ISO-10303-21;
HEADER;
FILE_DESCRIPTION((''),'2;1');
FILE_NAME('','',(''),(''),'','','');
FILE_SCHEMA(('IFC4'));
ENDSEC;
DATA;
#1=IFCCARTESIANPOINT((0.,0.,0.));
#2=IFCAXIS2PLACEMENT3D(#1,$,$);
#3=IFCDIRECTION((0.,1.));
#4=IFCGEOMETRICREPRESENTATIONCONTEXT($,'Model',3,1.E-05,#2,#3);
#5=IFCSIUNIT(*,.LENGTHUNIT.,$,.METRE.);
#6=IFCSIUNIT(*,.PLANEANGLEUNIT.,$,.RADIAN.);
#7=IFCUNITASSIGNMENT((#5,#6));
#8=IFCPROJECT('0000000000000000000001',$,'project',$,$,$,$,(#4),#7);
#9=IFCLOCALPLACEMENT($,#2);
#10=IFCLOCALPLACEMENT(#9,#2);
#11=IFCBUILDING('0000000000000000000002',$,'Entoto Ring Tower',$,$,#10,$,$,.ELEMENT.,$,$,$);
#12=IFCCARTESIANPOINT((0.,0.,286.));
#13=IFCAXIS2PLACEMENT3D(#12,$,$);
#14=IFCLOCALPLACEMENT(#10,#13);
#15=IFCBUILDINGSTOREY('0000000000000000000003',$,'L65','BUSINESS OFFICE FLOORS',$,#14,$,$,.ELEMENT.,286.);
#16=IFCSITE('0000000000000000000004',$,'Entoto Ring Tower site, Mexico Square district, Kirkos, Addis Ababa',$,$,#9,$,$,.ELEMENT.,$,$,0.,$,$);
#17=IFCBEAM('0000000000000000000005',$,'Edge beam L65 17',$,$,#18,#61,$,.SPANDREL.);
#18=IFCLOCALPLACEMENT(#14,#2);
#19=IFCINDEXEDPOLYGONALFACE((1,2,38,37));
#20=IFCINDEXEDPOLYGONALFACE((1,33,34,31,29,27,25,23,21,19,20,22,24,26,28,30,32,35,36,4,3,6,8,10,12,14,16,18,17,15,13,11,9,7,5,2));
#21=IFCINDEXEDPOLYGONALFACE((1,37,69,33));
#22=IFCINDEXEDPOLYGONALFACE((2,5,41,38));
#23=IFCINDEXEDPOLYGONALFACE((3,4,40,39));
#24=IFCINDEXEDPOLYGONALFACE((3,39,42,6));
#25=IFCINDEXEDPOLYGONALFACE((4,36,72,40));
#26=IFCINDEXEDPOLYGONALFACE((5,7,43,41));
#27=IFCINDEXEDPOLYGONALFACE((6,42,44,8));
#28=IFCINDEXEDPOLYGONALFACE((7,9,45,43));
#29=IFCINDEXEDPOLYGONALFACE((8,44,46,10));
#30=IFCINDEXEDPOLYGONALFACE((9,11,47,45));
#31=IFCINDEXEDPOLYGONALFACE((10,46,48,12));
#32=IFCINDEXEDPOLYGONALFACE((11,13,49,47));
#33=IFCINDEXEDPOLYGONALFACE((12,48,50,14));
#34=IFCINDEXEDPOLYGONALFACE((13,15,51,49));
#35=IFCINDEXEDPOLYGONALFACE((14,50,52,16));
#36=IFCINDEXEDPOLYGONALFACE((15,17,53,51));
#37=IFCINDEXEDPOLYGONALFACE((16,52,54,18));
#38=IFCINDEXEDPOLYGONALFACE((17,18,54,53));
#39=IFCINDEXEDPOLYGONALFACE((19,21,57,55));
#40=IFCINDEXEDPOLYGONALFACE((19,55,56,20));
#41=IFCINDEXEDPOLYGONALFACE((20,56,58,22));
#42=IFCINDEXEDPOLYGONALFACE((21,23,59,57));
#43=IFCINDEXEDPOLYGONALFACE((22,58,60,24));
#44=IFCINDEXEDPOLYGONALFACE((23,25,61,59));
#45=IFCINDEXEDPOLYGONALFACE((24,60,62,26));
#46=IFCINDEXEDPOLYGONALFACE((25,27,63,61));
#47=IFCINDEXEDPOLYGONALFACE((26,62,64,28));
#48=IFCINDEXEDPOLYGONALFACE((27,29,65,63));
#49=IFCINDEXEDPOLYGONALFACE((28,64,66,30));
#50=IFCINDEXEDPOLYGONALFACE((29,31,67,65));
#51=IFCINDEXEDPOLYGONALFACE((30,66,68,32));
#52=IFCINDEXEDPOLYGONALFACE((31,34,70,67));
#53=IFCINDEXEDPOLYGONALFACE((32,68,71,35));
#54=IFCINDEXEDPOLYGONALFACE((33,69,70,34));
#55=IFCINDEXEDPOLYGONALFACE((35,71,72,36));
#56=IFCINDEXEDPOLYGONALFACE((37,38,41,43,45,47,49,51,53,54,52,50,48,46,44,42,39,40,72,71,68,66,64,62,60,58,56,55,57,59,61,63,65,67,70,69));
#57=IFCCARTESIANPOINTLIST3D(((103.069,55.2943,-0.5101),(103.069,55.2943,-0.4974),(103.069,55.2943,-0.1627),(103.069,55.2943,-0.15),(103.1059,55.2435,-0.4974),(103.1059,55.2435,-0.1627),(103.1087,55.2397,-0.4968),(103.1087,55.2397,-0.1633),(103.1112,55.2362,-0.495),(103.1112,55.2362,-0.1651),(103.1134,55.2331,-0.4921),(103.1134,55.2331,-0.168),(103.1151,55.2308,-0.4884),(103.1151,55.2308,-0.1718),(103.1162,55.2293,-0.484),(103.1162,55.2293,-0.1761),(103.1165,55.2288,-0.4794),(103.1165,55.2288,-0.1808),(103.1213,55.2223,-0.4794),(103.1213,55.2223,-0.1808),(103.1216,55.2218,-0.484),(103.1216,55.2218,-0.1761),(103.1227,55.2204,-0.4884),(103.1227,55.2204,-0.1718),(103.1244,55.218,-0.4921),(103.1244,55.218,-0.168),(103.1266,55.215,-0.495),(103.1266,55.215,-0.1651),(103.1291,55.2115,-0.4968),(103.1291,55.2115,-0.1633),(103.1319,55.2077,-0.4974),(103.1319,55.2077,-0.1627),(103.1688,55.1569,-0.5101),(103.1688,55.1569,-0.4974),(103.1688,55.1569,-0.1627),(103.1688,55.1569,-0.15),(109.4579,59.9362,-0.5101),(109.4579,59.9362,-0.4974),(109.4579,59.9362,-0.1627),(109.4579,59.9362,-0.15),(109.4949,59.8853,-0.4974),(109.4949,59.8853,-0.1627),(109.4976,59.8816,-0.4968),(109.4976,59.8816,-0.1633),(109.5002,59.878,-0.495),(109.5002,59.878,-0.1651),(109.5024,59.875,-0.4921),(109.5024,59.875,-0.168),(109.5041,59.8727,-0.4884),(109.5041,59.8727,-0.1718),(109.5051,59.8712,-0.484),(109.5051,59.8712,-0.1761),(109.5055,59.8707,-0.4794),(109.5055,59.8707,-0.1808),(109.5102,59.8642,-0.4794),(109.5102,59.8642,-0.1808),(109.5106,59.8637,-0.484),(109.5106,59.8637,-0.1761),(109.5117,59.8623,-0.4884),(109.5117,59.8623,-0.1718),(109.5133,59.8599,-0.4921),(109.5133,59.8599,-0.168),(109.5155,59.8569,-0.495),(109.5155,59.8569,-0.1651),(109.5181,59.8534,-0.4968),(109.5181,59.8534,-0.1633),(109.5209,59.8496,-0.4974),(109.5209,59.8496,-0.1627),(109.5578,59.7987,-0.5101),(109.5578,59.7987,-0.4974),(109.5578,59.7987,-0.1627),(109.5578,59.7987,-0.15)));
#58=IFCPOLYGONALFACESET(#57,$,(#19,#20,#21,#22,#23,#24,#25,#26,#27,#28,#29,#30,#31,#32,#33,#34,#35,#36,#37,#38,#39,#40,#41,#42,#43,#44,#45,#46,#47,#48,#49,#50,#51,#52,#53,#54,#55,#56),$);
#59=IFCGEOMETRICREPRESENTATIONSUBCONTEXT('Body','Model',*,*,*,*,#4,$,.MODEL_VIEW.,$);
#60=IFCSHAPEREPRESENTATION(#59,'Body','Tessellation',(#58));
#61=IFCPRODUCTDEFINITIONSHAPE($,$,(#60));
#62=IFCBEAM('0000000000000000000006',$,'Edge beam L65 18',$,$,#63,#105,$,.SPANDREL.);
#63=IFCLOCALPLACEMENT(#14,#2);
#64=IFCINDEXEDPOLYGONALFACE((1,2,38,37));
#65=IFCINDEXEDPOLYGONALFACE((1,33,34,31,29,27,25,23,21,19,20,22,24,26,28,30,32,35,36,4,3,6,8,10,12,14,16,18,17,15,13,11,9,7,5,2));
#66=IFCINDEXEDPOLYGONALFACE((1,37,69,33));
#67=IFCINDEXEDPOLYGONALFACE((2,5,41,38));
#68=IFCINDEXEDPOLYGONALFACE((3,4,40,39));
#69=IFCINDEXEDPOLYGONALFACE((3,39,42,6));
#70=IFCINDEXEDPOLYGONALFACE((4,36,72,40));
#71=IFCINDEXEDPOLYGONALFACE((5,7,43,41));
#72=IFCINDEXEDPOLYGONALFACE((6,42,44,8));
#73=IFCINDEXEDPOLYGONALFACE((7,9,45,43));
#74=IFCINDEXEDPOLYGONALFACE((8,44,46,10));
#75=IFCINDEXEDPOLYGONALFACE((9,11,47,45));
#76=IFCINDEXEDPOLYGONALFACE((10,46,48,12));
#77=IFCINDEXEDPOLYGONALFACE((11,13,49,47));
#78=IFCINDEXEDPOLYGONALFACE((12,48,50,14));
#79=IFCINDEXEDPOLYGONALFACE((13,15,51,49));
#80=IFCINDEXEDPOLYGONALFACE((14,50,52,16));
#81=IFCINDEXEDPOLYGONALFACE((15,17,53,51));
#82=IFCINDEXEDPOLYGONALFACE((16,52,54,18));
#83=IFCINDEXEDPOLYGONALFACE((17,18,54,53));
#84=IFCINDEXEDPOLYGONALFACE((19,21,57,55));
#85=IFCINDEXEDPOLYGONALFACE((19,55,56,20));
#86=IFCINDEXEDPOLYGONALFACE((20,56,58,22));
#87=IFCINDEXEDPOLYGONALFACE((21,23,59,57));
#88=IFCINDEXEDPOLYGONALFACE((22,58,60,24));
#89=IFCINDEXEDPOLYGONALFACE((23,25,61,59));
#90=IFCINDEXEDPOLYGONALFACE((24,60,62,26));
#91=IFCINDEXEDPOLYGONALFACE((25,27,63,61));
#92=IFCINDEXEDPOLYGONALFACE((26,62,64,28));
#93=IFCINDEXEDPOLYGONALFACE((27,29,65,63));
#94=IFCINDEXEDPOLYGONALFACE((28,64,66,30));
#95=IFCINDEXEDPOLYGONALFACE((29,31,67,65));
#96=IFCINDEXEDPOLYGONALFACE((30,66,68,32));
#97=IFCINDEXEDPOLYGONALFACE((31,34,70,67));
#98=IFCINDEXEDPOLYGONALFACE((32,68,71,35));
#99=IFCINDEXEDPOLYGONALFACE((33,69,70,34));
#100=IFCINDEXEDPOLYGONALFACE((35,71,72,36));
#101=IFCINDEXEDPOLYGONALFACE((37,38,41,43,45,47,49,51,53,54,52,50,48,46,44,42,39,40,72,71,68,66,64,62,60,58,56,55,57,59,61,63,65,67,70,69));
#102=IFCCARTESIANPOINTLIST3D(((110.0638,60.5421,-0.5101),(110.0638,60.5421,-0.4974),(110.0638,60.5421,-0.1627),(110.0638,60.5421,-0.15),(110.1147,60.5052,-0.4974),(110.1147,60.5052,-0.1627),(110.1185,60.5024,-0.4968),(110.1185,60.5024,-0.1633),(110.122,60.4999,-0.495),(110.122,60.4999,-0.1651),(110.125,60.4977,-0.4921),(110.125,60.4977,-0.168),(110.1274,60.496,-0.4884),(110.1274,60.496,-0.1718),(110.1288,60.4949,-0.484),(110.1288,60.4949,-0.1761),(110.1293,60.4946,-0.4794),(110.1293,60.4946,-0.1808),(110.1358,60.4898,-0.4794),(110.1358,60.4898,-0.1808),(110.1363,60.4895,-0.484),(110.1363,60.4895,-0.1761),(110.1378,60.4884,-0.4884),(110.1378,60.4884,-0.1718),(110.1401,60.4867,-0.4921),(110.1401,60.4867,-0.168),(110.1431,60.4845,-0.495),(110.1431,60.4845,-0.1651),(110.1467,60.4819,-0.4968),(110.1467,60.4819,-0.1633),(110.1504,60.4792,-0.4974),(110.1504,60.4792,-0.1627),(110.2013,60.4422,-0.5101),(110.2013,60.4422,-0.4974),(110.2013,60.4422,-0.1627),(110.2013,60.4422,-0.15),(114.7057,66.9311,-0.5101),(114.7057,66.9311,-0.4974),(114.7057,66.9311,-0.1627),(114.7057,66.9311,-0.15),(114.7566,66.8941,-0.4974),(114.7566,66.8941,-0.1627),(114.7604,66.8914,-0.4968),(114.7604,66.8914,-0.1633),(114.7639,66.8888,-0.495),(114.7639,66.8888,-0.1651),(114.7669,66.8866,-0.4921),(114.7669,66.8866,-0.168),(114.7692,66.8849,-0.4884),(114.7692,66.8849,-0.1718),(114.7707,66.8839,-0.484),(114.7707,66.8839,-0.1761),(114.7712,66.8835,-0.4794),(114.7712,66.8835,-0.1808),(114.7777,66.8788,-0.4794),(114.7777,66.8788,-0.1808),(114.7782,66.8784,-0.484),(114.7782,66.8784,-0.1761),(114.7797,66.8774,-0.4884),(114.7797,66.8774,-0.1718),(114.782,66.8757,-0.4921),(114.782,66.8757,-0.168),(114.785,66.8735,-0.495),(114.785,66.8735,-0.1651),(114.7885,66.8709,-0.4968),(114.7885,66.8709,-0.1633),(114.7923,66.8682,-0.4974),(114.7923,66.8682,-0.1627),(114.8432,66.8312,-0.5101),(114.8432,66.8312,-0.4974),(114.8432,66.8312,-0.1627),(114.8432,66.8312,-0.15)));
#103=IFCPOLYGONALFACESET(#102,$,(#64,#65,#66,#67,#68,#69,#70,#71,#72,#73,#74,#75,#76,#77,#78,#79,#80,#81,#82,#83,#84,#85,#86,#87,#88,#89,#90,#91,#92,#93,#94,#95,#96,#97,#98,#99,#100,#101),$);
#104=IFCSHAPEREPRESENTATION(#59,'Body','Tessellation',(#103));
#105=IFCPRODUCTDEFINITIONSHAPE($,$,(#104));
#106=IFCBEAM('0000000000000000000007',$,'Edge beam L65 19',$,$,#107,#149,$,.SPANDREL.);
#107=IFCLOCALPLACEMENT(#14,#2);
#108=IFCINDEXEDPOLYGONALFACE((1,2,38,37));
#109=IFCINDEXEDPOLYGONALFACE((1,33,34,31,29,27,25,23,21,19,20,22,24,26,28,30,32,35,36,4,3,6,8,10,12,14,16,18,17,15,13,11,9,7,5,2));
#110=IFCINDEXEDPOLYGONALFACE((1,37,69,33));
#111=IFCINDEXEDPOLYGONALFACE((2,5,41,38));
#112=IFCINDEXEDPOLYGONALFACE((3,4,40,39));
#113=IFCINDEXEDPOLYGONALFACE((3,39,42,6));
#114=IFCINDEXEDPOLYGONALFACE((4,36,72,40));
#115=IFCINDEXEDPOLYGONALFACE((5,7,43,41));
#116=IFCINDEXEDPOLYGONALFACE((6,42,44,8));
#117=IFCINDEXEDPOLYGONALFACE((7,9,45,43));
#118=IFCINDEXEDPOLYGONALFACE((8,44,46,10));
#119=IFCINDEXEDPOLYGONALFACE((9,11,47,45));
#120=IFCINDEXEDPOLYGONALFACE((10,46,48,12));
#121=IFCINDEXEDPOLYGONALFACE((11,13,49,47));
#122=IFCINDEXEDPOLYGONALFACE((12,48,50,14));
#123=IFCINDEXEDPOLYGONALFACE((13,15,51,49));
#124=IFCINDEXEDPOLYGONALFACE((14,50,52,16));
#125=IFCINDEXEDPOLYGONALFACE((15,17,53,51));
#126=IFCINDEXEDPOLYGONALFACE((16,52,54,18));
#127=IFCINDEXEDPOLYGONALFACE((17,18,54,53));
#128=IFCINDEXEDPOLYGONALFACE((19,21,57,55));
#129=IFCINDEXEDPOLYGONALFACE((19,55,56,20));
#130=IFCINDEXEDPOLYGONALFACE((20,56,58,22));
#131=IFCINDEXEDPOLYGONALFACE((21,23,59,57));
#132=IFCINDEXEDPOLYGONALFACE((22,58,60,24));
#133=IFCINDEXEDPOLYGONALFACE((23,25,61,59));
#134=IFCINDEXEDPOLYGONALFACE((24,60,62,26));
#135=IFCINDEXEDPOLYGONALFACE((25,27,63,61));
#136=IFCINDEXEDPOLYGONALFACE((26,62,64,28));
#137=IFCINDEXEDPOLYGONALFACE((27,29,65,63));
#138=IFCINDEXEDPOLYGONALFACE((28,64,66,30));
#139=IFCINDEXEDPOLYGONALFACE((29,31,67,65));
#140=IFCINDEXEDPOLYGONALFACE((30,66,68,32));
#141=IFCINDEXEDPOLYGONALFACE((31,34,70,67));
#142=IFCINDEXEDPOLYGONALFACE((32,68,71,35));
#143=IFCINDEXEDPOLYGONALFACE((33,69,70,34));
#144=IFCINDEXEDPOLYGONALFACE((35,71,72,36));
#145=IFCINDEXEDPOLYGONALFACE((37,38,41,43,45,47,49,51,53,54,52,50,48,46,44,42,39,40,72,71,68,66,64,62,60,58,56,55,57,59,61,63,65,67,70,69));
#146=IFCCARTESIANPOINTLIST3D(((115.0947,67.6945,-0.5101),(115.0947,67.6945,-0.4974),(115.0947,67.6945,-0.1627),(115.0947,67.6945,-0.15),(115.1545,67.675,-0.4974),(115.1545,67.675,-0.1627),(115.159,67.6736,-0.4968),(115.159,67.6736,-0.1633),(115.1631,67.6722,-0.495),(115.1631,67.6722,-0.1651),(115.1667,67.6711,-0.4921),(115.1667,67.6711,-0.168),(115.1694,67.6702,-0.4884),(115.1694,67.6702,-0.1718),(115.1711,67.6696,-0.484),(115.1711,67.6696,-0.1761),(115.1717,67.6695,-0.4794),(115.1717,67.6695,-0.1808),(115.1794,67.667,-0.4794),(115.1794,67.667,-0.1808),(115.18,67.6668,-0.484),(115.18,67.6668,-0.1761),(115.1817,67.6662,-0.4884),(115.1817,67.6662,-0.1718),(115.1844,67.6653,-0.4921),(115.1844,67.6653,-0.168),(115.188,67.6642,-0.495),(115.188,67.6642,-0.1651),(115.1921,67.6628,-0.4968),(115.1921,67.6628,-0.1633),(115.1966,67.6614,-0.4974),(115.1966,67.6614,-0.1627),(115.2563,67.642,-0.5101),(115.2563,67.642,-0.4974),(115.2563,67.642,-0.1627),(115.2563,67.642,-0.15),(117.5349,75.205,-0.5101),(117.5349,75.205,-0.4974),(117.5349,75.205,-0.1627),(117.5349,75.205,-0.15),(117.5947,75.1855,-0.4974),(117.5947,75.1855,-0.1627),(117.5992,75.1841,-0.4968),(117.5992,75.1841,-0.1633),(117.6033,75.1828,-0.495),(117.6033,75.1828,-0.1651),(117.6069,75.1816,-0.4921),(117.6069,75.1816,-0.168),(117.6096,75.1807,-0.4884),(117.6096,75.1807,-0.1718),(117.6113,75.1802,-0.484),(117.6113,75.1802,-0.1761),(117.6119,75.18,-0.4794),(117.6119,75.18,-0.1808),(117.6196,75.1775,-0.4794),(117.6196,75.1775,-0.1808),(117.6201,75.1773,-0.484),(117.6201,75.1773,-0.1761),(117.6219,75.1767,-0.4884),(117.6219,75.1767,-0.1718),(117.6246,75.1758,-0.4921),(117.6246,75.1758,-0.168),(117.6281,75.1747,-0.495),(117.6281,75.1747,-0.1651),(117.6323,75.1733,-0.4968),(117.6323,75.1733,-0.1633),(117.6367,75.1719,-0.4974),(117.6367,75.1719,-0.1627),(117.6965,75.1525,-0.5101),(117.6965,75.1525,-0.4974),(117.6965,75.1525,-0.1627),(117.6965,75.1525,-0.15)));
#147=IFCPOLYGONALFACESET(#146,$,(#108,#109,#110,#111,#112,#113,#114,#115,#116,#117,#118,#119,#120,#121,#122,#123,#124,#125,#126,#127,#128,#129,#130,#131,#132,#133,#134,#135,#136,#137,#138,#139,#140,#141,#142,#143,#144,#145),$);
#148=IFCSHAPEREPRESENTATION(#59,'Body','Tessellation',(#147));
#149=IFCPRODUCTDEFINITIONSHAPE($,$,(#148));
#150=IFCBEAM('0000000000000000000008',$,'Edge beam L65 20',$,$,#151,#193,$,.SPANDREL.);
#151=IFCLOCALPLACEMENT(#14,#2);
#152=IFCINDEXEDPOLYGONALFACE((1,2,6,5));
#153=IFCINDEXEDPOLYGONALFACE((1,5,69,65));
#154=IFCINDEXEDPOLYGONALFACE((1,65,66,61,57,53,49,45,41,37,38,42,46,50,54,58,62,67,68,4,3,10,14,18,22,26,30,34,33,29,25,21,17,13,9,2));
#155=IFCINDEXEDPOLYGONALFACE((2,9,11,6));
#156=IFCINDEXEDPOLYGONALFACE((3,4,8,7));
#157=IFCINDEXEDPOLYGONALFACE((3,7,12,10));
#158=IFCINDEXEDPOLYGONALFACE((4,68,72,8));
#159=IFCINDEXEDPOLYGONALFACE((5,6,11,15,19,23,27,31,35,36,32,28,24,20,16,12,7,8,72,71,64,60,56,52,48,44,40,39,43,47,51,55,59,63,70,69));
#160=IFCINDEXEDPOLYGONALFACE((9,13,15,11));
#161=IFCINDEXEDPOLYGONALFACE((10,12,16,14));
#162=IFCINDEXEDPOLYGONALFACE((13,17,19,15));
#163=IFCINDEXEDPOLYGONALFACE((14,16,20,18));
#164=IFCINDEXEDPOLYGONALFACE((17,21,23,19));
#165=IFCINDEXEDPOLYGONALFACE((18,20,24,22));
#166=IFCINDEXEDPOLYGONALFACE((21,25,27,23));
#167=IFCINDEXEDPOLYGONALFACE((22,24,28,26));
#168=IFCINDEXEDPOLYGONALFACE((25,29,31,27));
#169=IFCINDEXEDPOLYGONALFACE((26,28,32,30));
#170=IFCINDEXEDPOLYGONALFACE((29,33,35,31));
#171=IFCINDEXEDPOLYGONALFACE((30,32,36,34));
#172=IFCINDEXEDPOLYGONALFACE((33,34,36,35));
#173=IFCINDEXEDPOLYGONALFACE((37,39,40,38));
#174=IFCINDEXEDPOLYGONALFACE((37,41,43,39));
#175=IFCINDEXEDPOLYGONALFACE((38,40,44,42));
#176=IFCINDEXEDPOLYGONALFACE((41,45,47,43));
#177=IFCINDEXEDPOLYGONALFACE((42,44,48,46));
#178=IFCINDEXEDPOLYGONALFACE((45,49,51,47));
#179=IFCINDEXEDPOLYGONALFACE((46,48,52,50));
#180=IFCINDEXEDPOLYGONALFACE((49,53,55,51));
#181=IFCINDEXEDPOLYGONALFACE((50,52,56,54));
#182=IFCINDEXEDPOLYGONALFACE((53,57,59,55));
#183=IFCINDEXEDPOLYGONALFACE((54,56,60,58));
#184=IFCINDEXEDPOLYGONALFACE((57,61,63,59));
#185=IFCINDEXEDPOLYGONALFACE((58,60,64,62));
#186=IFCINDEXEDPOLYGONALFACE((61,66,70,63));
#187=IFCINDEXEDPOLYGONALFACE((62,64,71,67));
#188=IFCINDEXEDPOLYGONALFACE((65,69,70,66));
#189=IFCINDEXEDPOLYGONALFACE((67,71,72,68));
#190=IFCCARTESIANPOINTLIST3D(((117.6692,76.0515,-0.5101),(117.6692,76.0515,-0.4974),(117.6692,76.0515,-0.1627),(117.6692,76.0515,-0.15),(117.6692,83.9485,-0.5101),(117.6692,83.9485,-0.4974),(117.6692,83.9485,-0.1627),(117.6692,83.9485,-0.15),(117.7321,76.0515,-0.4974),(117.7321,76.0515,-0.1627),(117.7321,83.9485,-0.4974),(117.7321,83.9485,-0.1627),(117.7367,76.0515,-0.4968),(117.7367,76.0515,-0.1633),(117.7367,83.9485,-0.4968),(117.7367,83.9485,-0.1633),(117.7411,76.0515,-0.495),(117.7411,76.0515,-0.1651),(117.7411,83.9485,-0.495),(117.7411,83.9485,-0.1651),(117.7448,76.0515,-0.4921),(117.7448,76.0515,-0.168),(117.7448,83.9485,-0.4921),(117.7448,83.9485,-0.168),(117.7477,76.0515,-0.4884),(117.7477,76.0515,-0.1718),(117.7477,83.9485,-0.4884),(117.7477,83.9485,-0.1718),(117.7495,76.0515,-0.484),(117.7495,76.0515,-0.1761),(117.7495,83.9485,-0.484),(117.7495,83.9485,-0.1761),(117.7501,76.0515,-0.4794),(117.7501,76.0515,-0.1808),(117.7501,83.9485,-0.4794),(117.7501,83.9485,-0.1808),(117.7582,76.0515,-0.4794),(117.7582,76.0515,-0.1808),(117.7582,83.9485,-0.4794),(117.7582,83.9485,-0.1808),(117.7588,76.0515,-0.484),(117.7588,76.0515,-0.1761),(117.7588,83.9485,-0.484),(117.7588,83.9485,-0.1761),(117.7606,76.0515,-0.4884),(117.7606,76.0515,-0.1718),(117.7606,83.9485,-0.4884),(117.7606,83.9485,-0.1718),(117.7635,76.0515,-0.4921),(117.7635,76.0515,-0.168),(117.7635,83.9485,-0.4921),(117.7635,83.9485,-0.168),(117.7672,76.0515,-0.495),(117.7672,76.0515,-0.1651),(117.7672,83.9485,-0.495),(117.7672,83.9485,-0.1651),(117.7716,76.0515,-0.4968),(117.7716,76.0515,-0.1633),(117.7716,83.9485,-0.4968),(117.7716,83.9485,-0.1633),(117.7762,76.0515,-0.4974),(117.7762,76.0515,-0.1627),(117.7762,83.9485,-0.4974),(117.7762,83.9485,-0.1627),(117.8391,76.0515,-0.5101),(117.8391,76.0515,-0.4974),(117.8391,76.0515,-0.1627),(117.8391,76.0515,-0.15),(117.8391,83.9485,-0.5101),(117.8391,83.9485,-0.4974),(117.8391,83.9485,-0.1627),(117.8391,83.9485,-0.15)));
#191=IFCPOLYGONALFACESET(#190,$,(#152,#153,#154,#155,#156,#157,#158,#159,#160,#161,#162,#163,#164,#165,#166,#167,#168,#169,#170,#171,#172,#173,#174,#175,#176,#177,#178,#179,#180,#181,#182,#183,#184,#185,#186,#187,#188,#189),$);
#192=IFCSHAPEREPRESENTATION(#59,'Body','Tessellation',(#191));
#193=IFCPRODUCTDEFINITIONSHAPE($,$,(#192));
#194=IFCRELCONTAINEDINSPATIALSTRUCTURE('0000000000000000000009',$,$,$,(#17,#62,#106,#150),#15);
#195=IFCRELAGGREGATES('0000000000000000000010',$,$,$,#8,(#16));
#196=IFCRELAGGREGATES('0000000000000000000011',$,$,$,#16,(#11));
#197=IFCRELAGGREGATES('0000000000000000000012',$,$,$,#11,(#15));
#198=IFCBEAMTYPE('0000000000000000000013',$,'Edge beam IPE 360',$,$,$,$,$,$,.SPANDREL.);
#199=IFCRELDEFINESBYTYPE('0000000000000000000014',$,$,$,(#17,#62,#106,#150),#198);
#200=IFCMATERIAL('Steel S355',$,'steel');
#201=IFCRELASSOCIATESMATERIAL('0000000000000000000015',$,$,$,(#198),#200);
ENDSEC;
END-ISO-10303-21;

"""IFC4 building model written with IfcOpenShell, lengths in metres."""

from ifc_helpers import new_model, si_unit, direction, frame, origin, origin_2d, place, context, subcontext, project, spatial, i_section, extrude, material, material_profile, profile_set, type_object, element, save


model = new_model("IFC4")

# Units and contexts
model_context = context("Model", 3, precision=1e-05, world=origin(), true_north=direction((0.0, 1.0)))
body_context = subcontext(model_context, "Body", "Model", "MODEL_VIEW")
ifc_project = project(units=[si_unit("LENGTHUNIT", "METRE"), si_unit("PLANEANGLEUNIT", "RADIAN")], contexts=[model_context])

# Site, building, storey
site_placement = place(None, origin())
site = spatial("IfcSite", under=ifc_project, at=site_placement, Name="Entoto Ring Tower site, Mexico Square district, Kirkos, Addis Ababa", CompositionType="ELEMENT", RefElevation=0.0)
building_placement = place(site_placement, origin())
building = spatial("IfcBuilding", under=site, at=building_placement, Name="Entoto Ring Tower", CompositionType="ELEMENT")
storey_placement = place(building_placement, frame((0.0, 0.0, 286.0)))
storey = spatial("IfcBuildingStorey", under=building, at=storey_placement, Name="L65", Description="BUSINESS OFFICE FLOORS", CompositionType="ELEMENT", Elevation=286.0)

# Beams
ifc_material_1 = material(Name="Steel S355", Category="steel")
ifc_material_profile_1 = material_profile(ifc_material_1, i_section(OverallWidth=0.1699, OverallDepth=0.3601, WebThickness=0.0081, FlangeThickness=0.0127, FilletRadius=0.0181, at=origin_2d()), Name="IPE 360")
ifc_profile_set_1 = profile_set([ifc_material_profile_1], Name="Steel S355")
beam_type_1 = type_object("IfcBeamType", Name="Edge beam IPE 360", PredefinedType="SPANDREL", material=ifc_profile_set_1)
for number, where, z_axis, x_axis, name in (
    (1, (103.1189, 55.2256, -0.3301), (0.809015, 0.587787, 0.0), (-0.587787, 0.809015, 0.0), "Edge beam L65 17"),
    (2, (110.1326, 60.4922, -0.3301), (0.587787, 0.809015, 0.0), (-0.809015, 0.587787, 0.0), "Edge beam L65 18"),
):
    element("IfcBeam", number, at=place(storey_placement, frame(where, z_axis=z_axis, x_axis=x_axis)), inside=storey, type_object=beam_type_1, Name=name, PredefinedType="SPANDREL", context=body_context, shape_type="SweptSolid", body=[
        extrude(i_section(OverallWidth=0.1699, OverallDepth=0.3601, WebThickness=0.0081, FlangeThickness=0.0127, FilletRadius=0.0181, at=origin_2d()), origin(), (0.0, 0.0, 1.0), 7.8972),
    ])
for number, where, z_axis, x_axis, name in (
    (3, (115.1755, 67.6682, -0.3301), (0.309003, 0.951061, 0.0), (-0.951061, 0.309003, 0.0), "Edge beam L65 19"),
    (4, (117.7542, 76.0515, -0.3301), (0.0, 1.0, 0.0), (-1.0, 0.0, 0.0), "Edge beam L65 20"),
):
    element("IfcBeam", number, at=place(storey_placement, frame(where, z_axis=z_axis, x_axis=x_axis)), inside=storey, type_object=beam_type_1, Name=name, PredefinedType="SPANDREL", context=body_context, shape_type="SweptSolid", body=[
        extrude(i_section(OverallWidth=0.1699, OverallDepth=0.3601, WebThickness=0.0081, FlangeThickness=0.0127, FilletRadius=0.0181, at=origin_2d()), origin(), (0.0, 0.0, 1.0), 7.897),
    ])

save(model, "model.ifc")
